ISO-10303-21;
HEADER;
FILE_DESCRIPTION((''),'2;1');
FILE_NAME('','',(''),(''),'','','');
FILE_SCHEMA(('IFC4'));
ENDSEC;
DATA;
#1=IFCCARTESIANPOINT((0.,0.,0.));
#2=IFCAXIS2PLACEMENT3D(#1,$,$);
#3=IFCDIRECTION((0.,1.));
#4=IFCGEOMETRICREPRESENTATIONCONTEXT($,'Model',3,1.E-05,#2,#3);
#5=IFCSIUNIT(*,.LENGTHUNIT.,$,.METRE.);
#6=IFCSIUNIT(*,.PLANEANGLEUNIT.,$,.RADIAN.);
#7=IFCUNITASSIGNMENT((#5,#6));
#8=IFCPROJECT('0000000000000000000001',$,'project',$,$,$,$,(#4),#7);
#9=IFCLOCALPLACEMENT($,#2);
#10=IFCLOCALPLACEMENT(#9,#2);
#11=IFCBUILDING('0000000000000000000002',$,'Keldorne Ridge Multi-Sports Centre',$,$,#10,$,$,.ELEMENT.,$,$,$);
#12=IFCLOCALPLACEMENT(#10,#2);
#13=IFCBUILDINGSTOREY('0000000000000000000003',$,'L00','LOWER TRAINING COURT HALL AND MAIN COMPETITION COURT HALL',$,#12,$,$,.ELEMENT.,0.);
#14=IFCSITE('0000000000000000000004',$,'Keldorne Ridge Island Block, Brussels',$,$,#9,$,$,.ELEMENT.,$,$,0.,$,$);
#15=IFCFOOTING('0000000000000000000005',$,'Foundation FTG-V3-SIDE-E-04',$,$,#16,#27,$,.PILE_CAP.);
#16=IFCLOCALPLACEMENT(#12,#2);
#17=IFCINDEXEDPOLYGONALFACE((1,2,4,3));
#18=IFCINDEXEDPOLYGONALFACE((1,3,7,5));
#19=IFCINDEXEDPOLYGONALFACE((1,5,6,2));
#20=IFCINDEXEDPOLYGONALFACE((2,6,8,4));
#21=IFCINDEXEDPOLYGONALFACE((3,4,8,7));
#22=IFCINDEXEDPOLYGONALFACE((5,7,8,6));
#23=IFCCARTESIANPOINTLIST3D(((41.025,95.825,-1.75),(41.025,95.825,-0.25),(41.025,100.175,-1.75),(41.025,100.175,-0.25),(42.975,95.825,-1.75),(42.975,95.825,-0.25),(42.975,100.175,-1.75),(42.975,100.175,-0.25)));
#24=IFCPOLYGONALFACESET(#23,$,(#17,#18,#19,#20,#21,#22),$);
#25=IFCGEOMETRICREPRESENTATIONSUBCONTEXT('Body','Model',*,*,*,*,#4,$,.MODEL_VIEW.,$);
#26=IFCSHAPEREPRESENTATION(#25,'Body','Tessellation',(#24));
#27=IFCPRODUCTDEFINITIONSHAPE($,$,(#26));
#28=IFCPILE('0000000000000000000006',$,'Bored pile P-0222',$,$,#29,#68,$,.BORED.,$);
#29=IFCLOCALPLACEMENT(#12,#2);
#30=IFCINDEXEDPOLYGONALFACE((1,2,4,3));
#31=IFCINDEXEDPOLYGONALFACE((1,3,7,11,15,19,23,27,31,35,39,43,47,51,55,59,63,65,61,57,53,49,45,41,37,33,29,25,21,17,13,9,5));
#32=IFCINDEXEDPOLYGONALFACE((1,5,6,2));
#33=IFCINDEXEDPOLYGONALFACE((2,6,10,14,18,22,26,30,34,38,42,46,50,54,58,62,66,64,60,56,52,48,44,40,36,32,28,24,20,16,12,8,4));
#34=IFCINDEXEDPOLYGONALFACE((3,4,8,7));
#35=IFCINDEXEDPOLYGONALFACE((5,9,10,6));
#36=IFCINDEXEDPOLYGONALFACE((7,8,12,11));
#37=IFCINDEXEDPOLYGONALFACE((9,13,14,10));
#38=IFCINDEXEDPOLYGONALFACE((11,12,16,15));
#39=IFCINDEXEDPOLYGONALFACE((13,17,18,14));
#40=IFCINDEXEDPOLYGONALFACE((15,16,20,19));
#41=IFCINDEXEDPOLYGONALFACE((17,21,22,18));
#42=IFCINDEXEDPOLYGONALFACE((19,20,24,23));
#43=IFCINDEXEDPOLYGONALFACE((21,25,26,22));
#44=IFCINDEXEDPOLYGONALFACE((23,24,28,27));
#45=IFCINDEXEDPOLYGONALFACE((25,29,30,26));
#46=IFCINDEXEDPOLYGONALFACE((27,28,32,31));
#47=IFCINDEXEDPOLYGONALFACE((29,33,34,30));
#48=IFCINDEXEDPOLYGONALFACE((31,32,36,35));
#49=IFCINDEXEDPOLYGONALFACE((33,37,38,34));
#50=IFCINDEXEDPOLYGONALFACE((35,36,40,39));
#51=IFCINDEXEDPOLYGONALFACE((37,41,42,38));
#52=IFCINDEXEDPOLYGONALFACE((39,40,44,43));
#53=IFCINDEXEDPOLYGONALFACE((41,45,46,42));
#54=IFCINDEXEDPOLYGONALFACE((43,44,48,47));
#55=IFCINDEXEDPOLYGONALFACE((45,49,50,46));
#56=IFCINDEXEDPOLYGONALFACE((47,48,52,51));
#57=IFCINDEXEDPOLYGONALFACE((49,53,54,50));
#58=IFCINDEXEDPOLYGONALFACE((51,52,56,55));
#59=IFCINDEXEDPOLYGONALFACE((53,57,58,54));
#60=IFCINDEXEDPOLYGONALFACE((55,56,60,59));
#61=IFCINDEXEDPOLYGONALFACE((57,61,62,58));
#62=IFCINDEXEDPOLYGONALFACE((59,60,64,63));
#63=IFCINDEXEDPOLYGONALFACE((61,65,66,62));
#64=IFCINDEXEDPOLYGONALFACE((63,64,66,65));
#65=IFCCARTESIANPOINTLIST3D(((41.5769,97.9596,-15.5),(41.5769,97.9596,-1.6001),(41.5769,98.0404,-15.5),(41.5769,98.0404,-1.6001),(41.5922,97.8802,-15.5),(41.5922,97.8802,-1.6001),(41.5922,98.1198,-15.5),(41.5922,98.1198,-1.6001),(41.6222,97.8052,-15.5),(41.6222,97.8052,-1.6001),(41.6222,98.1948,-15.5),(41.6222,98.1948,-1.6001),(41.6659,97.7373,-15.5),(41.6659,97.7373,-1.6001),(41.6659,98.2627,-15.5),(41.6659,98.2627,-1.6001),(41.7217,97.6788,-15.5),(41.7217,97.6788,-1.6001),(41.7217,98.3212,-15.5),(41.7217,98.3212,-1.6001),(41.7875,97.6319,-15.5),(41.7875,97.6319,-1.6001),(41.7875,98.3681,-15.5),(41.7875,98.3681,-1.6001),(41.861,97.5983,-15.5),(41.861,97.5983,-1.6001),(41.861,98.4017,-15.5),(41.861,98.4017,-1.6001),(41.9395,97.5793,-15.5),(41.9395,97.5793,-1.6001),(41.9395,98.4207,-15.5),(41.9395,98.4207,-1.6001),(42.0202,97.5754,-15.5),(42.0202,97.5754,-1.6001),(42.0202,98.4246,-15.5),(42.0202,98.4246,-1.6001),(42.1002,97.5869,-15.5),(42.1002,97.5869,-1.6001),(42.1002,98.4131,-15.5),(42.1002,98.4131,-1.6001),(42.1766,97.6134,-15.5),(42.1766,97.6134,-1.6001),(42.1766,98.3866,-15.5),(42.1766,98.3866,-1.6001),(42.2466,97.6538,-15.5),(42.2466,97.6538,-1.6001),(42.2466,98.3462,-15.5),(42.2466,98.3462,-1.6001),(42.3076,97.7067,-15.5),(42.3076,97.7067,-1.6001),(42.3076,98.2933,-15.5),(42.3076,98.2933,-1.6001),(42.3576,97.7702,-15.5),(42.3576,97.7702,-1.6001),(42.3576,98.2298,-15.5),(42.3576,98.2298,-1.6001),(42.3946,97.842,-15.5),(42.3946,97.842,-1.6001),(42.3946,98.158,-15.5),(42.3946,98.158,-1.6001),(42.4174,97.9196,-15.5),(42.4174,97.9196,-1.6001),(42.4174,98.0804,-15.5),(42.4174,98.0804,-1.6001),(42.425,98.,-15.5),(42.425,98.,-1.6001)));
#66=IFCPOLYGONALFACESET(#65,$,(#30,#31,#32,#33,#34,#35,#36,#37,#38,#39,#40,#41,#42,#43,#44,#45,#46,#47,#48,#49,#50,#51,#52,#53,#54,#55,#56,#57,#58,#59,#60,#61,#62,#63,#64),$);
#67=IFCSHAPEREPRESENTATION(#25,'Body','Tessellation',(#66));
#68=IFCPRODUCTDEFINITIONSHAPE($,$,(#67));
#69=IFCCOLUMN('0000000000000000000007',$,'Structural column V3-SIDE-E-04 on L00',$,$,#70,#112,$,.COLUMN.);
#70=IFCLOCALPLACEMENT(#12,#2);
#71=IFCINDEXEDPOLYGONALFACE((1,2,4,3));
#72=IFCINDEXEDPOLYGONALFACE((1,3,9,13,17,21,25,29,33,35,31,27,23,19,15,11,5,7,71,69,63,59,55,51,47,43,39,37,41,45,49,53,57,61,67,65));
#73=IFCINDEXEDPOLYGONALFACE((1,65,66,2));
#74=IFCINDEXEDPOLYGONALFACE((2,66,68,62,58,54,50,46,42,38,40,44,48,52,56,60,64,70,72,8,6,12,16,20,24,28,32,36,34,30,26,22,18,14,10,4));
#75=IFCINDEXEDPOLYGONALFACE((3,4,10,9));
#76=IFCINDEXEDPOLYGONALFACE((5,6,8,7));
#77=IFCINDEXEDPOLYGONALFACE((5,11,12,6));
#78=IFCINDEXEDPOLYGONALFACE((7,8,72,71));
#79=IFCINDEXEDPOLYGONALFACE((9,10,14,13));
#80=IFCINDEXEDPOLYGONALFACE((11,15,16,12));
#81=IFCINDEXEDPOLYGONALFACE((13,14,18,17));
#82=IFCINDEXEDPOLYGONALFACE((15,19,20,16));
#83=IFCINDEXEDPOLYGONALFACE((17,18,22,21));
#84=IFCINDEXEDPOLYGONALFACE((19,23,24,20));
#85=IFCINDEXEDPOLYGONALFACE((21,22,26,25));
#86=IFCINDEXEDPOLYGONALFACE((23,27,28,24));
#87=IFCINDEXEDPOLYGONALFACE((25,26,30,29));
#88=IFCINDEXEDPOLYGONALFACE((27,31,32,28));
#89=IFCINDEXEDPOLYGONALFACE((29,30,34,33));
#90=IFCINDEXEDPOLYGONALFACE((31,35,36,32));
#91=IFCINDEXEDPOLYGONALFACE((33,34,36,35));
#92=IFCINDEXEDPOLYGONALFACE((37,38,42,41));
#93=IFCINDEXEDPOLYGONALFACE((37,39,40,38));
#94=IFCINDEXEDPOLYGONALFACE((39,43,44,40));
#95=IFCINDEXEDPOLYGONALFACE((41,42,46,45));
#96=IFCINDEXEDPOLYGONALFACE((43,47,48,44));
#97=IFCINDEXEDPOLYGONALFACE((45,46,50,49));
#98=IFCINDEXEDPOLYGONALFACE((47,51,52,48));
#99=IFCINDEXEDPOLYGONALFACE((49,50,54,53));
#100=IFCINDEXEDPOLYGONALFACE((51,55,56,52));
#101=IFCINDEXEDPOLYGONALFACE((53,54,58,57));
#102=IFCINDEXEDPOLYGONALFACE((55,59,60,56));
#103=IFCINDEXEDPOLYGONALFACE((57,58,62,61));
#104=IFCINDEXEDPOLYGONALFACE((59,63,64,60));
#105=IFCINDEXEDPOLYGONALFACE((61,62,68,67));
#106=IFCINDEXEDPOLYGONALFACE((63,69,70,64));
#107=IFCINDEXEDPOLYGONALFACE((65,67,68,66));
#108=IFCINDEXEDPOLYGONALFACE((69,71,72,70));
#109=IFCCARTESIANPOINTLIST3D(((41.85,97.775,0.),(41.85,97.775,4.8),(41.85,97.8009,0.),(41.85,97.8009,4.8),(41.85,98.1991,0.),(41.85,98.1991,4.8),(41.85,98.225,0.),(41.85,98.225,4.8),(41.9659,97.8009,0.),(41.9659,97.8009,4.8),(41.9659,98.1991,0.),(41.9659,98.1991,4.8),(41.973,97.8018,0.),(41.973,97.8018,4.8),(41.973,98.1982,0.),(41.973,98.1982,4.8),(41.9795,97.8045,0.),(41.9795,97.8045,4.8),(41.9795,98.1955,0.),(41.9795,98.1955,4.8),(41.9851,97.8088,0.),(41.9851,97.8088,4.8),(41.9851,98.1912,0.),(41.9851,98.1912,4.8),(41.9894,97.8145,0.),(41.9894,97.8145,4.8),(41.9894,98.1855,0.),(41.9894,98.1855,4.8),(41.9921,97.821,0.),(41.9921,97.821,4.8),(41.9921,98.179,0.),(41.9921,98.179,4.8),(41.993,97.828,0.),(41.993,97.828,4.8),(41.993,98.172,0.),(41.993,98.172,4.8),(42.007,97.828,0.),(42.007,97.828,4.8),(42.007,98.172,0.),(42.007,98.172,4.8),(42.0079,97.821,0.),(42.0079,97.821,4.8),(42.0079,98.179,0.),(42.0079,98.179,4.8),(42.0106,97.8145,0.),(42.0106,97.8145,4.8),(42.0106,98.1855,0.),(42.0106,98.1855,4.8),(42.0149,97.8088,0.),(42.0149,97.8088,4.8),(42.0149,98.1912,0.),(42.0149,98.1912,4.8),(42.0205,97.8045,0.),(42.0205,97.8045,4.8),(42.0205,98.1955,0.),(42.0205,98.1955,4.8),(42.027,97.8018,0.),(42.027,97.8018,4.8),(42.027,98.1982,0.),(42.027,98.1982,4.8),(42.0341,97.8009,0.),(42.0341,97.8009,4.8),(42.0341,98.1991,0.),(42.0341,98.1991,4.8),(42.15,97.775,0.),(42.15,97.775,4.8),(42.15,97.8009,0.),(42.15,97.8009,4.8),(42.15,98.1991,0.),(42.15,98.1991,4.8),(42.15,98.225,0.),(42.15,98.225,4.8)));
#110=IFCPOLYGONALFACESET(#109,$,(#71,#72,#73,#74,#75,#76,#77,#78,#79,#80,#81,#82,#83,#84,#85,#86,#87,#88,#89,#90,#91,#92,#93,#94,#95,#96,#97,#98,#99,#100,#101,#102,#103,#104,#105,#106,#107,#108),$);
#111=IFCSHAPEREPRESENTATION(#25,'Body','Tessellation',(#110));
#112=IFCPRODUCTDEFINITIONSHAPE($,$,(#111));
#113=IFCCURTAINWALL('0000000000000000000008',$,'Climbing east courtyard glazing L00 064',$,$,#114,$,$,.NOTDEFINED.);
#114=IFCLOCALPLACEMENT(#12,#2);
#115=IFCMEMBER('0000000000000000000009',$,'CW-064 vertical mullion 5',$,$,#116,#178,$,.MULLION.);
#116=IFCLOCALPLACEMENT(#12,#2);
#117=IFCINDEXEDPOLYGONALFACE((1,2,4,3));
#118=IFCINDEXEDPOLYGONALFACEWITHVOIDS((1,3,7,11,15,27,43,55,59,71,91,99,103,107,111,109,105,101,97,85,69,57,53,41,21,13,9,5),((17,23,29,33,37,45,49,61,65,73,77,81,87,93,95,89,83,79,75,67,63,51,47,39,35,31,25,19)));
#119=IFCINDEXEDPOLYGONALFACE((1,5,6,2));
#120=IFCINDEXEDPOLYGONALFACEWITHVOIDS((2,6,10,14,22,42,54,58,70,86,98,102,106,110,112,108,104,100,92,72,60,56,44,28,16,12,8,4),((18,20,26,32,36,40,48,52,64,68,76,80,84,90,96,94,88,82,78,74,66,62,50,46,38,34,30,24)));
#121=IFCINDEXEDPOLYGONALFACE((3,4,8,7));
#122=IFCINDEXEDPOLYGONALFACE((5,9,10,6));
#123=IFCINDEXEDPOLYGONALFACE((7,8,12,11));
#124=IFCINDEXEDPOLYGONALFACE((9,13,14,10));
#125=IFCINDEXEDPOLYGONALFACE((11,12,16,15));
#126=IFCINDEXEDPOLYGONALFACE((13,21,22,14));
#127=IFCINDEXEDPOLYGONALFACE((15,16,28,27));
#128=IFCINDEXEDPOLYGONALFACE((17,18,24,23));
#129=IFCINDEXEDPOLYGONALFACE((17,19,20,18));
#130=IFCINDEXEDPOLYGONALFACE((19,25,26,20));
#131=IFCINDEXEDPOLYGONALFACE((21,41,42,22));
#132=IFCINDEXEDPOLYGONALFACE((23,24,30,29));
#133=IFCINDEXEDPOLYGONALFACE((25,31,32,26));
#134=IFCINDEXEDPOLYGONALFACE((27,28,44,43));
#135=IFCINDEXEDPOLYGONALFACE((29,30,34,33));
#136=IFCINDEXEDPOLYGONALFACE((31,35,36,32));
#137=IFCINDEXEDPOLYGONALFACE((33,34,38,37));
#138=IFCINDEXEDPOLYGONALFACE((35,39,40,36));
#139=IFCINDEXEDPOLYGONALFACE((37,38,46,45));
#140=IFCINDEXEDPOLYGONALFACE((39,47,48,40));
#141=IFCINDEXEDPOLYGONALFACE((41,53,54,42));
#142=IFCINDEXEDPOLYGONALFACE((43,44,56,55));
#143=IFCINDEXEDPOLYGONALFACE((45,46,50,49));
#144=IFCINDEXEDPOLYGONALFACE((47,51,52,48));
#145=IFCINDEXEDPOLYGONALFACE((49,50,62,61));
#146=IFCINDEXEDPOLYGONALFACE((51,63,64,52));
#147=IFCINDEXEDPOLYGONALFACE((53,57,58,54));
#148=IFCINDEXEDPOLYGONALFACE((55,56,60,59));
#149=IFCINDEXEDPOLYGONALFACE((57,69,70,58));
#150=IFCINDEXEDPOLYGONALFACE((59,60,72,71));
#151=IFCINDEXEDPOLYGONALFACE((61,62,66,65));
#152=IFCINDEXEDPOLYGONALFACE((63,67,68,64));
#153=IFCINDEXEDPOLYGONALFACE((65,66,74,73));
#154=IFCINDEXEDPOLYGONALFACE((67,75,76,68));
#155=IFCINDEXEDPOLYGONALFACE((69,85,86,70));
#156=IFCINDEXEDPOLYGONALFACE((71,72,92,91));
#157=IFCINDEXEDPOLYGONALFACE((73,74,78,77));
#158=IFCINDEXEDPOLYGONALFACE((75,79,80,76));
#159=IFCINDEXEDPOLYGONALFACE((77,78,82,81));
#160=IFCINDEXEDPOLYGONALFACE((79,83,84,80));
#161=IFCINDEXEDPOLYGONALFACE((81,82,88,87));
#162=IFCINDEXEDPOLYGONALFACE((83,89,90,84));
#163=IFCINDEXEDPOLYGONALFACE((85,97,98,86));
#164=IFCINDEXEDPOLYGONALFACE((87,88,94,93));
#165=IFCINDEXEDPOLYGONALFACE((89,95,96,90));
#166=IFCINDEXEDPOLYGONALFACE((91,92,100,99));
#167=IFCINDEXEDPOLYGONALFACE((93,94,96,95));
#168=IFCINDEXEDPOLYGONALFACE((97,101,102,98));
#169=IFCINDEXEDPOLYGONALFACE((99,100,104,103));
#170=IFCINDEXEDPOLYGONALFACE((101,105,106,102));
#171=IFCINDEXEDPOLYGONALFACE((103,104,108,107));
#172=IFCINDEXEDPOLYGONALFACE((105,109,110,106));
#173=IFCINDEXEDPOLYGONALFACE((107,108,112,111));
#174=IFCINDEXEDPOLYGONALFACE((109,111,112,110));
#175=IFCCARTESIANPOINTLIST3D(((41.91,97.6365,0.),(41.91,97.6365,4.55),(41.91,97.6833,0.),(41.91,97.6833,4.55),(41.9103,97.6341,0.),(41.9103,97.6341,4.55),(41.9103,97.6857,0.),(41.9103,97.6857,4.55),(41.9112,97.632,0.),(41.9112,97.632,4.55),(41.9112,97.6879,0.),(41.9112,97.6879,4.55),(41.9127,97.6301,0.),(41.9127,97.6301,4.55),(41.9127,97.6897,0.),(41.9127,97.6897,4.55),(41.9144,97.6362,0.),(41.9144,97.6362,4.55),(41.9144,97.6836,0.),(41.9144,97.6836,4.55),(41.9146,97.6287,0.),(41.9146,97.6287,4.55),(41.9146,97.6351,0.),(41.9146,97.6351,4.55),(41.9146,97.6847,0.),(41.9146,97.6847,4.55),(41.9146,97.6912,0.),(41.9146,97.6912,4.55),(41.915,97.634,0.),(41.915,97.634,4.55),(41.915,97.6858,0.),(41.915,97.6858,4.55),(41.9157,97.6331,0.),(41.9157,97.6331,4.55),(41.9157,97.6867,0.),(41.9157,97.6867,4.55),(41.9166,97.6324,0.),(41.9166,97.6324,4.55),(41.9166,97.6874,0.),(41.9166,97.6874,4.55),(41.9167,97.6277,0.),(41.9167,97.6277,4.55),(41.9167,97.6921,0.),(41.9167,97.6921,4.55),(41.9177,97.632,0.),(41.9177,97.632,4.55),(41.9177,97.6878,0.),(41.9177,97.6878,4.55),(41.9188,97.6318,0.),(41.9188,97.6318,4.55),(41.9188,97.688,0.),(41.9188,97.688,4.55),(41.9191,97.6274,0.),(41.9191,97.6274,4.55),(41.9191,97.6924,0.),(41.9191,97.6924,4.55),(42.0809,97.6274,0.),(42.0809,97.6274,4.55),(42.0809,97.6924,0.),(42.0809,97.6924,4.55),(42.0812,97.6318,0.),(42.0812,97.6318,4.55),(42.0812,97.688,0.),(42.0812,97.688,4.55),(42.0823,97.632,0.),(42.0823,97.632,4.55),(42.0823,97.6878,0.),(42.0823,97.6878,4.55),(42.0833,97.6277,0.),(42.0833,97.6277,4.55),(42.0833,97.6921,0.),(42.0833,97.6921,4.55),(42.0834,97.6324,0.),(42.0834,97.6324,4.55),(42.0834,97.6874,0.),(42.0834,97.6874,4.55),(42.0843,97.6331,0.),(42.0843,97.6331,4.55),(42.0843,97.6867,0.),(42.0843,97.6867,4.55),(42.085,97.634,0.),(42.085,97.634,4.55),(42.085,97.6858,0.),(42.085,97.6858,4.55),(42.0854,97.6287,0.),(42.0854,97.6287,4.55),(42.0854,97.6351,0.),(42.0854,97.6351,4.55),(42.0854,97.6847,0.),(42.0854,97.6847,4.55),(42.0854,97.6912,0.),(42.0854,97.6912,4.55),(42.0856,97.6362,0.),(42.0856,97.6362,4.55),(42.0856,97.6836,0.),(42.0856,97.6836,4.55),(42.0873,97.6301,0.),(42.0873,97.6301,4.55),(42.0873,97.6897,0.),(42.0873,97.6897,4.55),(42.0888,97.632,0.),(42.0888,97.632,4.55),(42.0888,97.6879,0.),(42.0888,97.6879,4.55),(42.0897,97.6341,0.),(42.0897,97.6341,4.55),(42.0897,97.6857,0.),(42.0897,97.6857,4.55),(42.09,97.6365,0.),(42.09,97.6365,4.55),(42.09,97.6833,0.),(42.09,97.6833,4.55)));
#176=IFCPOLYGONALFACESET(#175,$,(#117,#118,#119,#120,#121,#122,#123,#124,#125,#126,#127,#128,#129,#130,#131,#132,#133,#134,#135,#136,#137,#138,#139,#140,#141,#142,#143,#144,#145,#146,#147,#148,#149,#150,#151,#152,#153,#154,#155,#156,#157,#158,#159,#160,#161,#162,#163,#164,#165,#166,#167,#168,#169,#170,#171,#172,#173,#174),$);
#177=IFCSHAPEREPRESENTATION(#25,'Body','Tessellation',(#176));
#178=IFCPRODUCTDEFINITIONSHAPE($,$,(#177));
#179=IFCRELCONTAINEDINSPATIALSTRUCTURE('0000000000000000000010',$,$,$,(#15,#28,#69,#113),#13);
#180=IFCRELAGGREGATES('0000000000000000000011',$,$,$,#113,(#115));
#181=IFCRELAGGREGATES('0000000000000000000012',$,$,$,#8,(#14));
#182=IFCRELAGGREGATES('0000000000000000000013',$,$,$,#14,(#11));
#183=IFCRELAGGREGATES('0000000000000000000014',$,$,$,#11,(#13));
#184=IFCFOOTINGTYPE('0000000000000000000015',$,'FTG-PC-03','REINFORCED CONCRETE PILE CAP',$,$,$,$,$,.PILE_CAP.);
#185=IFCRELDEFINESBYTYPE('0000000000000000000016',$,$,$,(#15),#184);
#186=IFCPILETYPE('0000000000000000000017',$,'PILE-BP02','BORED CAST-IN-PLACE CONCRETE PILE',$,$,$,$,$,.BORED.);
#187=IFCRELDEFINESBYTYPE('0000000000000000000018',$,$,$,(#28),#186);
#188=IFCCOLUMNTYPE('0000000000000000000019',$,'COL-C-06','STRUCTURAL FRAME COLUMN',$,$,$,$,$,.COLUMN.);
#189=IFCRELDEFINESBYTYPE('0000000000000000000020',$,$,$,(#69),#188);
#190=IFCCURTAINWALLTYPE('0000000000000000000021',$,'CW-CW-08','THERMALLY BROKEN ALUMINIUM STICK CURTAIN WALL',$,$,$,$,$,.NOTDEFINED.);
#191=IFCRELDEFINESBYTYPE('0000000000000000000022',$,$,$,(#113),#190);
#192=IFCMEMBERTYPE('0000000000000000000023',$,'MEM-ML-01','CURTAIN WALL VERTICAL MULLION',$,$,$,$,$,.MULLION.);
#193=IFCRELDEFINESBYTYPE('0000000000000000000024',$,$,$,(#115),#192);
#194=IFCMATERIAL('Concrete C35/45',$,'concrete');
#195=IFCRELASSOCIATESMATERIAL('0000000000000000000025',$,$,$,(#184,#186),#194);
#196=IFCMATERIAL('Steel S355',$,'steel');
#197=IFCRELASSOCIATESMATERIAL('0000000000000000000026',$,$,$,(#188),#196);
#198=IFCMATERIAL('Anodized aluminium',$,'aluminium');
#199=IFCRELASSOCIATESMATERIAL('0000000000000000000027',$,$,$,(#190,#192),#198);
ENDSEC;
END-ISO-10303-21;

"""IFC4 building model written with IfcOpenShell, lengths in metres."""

from ifc_helpers import new_model, si_unit, direction, frame, origin, origin_2d, place, context, subcontext, project, spatial, rectangle, hollow_rectangle, circle, i_section, extrude, material, material_profile, profile_set, type_object, element, aggregate, save


model = new_model("IFC4")

# Units and contexts
model_context = context("Model", 3, precision=1e-05, world=origin(), true_north=direction((0.0, 1.0)))
body_context = subcontext(model_context, "Body", "Model", "MODEL_VIEW")
ifc_project = project(units=[si_unit("LENGTHUNIT", "METRE"), si_unit("PLANEANGLEUNIT", "RADIAN")], contexts=[model_context])

# Site, building, storey
site_placement = place(None, origin())
site = spatial("IfcSite", under=ifc_project, at=site_placement, Name="Keldorne Ridge Island Block, Brussels", CompositionType="ELEMENT", RefElevation=0.0)
building_placement = place(site_placement, origin())
building = spatial("IfcBuilding", under=site, at=building_placement, Name="Keldorne Ridge Multi-Sports Centre", CompositionType="ELEMENT")
storey_placement = place(building_placement, origin())
storey = spatial("IfcBuildingStorey", under=building, at=storey_placement, Name="L00", Description="LOWER TRAINING COURT HALL AND MAIN COMPETITION COURT HALL", CompositionType="ELEMENT", Elevation=0.0)

# Footing
ifc_material_1 = material(Name="Concrete C35/45", Category="concrete")
footing_type = type_object("IfcFootingType", Name="FTG-PC-03", Description="REINFORCED CONCRETE PILE CAP", PredefinedType="PILE_CAP", material=ifc_material_1)
footing_placement = place(storey_placement, frame((42.0, 98.0, -1.75), z_axis=(0.0, 0.0, 1.0), x_axis=(1.0, 0.0, 0.0)))
element("IfcFooting", 1, at=footing_placement, inside=storey, type_object=footing_type, Name="Foundation FTG-V3-SIDE-E-04", PredefinedType="PILE_CAP", context=body_context, shape_type="SweptSolid", body=[
    extrude(rectangle(XDim=1.95, YDim=4.3501, at=origin_2d()), origin(), (0.0, 0.0, 1.0), 1.5),
])

# Pile
ifc_material_profile_1 = material_profile(ifc_material_1, circle(Radius=0.425, at=origin_2d()), Name="BORED PILE D850")
ifc_profile_set_1 = profile_set([ifc_material_profile_1], Name="Concrete C35/45")
pile_type = type_object("IfcPileType", Name="PILE-BP02", Description="BORED CAST-IN-PLACE CONCRETE PILE", PredefinedType="BORED", material=ifc_profile_set_1)
pile_placement = place(storey_placement, frame((42.0, 98.0, -1.6001), z_axis=(0.0, 0.0, -1.0), x_axis=(1.0, 0.0, 0.0)))
element("IfcPile", 2, at=pile_placement, inside=storey, type_object=pile_type, Name="Bored pile P-0222", PredefinedType="BORED", context=body_context, shape_type="SweptSolid", body=[
    extrude(circle(Radius=0.425, at=origin_2d()), origin(), (0.0, 0.0, 1.0), 13.8999),
])

# Column
ifc_material_2 = material(Name="Steel S355", Category="steel")
ifc_material_profile_2 = material_profile(ifc_material_2, i_section(OverallWidth=0.3, OverallDepth=0.45, WebThickness=0.0139, FlangeThickness=0.0259, FilletRadius=0.0271, at=origin_2d()), Name="HEB 450")
ifc_profile_set_2 = profile_set([ifc_material_profile_2], Name="Steel S355")
column_type = type_object("IfcColumnType", Name="COL-C-06", Description="STRUCTURAL FRAME COLUMN", PredefinedType="COLUMN", material=ifc_profile_set_2)
column_placement = place(storey_placement, frame((42.0, 98.0, 0.0), z_axis=(0.0, 0.0, 1.0), x_axis=(1.0, 0.0, 0.0)))
element("IfcColumn", 3, at=column_placement, inside=storey, type_object=column_type, Name="Structural column V3-SIDE-E-04 on L00", PredefinedType="COLUMN", context=body_context, shape_type="SweptSolid", body=[
    extrude(i_section(OverallWidth=0.3, OverallDepth=0.45, WebThickness=0.0139, FlangeThickness=0.0259, FilletRadius=0.0271, at=origin_2d()), origin(), (0.0, 0.0, 1.0), 4.8),
])

# Curtain wall, member
ifc_material_3 = material(Name="Anodized aluminium", Category="aluminium")
curtain_wall_type_1 = type_object("IfcCurtainWallType", Name="CW-CW-08", Description="THERMALLY BROKEN ALUMINIUM STICK CURTAIN WALL", PredefinedType="NOTDEFINED", material=ifc_material_3)
curtain_wall_1_placement = place(storey_placement, origin())
curtain_wall_1 = element("IfcCurtainWall", 4, at=curtain_wall_1_placement, inside=storey, type_object=curtain_wall_type_1, Name="Climbing east courtyard glazing L00 064", PredefinedType="NOTDEFINED")
ifc_material_profile_3 = material_profile(ifc_material_3, hollow_rectangle(XDim=0.0649, YDim=0.1799, WallThickness=0.0044, InnerFilletRadius=0.0044, OuterFilletRadius=0.009, at=origin_2d()), Name="ALU MULLION 180x65x4.5")
ifc_profile_set_3 = profile_set([ifc_material_profile_3], Name="Anodized aluminium")
member_type_1 = type_object("IfcMemberType", Name="MEM-ML-01", Description="CURTAIN WALL VERTICAL MULLION", PredefinedType="MULLION", material=ifc_profile_set_3)
member_1_placement = place(storey_placement, frame((42.0, 97.6599, 0.0), z_axis=(0.0, 0.0, 1.0), x_axis=(0.0, 1.0, 0.0)))
member_1 = element("IfcMember", 5, at=member_1_placement, type_object=member_type_1, Name="CW-064 vertical mullion 5", PredefinedType="MULLION", context=body_context, shape_type="SweptSolid", body=[
    extrude(hollow_rectangle(XDim=0.0649, YDim=0.1799, WallThickness=0.0044, InnerFilletRadius=0.0044, OuterFilletRadius=0.009, at=origin_2d()), origin(), (0.0, 0.0, 1.0), 4.55),
])

aggregate(curtain_wall_1, [member_1])

save(model, "model.ifc")
